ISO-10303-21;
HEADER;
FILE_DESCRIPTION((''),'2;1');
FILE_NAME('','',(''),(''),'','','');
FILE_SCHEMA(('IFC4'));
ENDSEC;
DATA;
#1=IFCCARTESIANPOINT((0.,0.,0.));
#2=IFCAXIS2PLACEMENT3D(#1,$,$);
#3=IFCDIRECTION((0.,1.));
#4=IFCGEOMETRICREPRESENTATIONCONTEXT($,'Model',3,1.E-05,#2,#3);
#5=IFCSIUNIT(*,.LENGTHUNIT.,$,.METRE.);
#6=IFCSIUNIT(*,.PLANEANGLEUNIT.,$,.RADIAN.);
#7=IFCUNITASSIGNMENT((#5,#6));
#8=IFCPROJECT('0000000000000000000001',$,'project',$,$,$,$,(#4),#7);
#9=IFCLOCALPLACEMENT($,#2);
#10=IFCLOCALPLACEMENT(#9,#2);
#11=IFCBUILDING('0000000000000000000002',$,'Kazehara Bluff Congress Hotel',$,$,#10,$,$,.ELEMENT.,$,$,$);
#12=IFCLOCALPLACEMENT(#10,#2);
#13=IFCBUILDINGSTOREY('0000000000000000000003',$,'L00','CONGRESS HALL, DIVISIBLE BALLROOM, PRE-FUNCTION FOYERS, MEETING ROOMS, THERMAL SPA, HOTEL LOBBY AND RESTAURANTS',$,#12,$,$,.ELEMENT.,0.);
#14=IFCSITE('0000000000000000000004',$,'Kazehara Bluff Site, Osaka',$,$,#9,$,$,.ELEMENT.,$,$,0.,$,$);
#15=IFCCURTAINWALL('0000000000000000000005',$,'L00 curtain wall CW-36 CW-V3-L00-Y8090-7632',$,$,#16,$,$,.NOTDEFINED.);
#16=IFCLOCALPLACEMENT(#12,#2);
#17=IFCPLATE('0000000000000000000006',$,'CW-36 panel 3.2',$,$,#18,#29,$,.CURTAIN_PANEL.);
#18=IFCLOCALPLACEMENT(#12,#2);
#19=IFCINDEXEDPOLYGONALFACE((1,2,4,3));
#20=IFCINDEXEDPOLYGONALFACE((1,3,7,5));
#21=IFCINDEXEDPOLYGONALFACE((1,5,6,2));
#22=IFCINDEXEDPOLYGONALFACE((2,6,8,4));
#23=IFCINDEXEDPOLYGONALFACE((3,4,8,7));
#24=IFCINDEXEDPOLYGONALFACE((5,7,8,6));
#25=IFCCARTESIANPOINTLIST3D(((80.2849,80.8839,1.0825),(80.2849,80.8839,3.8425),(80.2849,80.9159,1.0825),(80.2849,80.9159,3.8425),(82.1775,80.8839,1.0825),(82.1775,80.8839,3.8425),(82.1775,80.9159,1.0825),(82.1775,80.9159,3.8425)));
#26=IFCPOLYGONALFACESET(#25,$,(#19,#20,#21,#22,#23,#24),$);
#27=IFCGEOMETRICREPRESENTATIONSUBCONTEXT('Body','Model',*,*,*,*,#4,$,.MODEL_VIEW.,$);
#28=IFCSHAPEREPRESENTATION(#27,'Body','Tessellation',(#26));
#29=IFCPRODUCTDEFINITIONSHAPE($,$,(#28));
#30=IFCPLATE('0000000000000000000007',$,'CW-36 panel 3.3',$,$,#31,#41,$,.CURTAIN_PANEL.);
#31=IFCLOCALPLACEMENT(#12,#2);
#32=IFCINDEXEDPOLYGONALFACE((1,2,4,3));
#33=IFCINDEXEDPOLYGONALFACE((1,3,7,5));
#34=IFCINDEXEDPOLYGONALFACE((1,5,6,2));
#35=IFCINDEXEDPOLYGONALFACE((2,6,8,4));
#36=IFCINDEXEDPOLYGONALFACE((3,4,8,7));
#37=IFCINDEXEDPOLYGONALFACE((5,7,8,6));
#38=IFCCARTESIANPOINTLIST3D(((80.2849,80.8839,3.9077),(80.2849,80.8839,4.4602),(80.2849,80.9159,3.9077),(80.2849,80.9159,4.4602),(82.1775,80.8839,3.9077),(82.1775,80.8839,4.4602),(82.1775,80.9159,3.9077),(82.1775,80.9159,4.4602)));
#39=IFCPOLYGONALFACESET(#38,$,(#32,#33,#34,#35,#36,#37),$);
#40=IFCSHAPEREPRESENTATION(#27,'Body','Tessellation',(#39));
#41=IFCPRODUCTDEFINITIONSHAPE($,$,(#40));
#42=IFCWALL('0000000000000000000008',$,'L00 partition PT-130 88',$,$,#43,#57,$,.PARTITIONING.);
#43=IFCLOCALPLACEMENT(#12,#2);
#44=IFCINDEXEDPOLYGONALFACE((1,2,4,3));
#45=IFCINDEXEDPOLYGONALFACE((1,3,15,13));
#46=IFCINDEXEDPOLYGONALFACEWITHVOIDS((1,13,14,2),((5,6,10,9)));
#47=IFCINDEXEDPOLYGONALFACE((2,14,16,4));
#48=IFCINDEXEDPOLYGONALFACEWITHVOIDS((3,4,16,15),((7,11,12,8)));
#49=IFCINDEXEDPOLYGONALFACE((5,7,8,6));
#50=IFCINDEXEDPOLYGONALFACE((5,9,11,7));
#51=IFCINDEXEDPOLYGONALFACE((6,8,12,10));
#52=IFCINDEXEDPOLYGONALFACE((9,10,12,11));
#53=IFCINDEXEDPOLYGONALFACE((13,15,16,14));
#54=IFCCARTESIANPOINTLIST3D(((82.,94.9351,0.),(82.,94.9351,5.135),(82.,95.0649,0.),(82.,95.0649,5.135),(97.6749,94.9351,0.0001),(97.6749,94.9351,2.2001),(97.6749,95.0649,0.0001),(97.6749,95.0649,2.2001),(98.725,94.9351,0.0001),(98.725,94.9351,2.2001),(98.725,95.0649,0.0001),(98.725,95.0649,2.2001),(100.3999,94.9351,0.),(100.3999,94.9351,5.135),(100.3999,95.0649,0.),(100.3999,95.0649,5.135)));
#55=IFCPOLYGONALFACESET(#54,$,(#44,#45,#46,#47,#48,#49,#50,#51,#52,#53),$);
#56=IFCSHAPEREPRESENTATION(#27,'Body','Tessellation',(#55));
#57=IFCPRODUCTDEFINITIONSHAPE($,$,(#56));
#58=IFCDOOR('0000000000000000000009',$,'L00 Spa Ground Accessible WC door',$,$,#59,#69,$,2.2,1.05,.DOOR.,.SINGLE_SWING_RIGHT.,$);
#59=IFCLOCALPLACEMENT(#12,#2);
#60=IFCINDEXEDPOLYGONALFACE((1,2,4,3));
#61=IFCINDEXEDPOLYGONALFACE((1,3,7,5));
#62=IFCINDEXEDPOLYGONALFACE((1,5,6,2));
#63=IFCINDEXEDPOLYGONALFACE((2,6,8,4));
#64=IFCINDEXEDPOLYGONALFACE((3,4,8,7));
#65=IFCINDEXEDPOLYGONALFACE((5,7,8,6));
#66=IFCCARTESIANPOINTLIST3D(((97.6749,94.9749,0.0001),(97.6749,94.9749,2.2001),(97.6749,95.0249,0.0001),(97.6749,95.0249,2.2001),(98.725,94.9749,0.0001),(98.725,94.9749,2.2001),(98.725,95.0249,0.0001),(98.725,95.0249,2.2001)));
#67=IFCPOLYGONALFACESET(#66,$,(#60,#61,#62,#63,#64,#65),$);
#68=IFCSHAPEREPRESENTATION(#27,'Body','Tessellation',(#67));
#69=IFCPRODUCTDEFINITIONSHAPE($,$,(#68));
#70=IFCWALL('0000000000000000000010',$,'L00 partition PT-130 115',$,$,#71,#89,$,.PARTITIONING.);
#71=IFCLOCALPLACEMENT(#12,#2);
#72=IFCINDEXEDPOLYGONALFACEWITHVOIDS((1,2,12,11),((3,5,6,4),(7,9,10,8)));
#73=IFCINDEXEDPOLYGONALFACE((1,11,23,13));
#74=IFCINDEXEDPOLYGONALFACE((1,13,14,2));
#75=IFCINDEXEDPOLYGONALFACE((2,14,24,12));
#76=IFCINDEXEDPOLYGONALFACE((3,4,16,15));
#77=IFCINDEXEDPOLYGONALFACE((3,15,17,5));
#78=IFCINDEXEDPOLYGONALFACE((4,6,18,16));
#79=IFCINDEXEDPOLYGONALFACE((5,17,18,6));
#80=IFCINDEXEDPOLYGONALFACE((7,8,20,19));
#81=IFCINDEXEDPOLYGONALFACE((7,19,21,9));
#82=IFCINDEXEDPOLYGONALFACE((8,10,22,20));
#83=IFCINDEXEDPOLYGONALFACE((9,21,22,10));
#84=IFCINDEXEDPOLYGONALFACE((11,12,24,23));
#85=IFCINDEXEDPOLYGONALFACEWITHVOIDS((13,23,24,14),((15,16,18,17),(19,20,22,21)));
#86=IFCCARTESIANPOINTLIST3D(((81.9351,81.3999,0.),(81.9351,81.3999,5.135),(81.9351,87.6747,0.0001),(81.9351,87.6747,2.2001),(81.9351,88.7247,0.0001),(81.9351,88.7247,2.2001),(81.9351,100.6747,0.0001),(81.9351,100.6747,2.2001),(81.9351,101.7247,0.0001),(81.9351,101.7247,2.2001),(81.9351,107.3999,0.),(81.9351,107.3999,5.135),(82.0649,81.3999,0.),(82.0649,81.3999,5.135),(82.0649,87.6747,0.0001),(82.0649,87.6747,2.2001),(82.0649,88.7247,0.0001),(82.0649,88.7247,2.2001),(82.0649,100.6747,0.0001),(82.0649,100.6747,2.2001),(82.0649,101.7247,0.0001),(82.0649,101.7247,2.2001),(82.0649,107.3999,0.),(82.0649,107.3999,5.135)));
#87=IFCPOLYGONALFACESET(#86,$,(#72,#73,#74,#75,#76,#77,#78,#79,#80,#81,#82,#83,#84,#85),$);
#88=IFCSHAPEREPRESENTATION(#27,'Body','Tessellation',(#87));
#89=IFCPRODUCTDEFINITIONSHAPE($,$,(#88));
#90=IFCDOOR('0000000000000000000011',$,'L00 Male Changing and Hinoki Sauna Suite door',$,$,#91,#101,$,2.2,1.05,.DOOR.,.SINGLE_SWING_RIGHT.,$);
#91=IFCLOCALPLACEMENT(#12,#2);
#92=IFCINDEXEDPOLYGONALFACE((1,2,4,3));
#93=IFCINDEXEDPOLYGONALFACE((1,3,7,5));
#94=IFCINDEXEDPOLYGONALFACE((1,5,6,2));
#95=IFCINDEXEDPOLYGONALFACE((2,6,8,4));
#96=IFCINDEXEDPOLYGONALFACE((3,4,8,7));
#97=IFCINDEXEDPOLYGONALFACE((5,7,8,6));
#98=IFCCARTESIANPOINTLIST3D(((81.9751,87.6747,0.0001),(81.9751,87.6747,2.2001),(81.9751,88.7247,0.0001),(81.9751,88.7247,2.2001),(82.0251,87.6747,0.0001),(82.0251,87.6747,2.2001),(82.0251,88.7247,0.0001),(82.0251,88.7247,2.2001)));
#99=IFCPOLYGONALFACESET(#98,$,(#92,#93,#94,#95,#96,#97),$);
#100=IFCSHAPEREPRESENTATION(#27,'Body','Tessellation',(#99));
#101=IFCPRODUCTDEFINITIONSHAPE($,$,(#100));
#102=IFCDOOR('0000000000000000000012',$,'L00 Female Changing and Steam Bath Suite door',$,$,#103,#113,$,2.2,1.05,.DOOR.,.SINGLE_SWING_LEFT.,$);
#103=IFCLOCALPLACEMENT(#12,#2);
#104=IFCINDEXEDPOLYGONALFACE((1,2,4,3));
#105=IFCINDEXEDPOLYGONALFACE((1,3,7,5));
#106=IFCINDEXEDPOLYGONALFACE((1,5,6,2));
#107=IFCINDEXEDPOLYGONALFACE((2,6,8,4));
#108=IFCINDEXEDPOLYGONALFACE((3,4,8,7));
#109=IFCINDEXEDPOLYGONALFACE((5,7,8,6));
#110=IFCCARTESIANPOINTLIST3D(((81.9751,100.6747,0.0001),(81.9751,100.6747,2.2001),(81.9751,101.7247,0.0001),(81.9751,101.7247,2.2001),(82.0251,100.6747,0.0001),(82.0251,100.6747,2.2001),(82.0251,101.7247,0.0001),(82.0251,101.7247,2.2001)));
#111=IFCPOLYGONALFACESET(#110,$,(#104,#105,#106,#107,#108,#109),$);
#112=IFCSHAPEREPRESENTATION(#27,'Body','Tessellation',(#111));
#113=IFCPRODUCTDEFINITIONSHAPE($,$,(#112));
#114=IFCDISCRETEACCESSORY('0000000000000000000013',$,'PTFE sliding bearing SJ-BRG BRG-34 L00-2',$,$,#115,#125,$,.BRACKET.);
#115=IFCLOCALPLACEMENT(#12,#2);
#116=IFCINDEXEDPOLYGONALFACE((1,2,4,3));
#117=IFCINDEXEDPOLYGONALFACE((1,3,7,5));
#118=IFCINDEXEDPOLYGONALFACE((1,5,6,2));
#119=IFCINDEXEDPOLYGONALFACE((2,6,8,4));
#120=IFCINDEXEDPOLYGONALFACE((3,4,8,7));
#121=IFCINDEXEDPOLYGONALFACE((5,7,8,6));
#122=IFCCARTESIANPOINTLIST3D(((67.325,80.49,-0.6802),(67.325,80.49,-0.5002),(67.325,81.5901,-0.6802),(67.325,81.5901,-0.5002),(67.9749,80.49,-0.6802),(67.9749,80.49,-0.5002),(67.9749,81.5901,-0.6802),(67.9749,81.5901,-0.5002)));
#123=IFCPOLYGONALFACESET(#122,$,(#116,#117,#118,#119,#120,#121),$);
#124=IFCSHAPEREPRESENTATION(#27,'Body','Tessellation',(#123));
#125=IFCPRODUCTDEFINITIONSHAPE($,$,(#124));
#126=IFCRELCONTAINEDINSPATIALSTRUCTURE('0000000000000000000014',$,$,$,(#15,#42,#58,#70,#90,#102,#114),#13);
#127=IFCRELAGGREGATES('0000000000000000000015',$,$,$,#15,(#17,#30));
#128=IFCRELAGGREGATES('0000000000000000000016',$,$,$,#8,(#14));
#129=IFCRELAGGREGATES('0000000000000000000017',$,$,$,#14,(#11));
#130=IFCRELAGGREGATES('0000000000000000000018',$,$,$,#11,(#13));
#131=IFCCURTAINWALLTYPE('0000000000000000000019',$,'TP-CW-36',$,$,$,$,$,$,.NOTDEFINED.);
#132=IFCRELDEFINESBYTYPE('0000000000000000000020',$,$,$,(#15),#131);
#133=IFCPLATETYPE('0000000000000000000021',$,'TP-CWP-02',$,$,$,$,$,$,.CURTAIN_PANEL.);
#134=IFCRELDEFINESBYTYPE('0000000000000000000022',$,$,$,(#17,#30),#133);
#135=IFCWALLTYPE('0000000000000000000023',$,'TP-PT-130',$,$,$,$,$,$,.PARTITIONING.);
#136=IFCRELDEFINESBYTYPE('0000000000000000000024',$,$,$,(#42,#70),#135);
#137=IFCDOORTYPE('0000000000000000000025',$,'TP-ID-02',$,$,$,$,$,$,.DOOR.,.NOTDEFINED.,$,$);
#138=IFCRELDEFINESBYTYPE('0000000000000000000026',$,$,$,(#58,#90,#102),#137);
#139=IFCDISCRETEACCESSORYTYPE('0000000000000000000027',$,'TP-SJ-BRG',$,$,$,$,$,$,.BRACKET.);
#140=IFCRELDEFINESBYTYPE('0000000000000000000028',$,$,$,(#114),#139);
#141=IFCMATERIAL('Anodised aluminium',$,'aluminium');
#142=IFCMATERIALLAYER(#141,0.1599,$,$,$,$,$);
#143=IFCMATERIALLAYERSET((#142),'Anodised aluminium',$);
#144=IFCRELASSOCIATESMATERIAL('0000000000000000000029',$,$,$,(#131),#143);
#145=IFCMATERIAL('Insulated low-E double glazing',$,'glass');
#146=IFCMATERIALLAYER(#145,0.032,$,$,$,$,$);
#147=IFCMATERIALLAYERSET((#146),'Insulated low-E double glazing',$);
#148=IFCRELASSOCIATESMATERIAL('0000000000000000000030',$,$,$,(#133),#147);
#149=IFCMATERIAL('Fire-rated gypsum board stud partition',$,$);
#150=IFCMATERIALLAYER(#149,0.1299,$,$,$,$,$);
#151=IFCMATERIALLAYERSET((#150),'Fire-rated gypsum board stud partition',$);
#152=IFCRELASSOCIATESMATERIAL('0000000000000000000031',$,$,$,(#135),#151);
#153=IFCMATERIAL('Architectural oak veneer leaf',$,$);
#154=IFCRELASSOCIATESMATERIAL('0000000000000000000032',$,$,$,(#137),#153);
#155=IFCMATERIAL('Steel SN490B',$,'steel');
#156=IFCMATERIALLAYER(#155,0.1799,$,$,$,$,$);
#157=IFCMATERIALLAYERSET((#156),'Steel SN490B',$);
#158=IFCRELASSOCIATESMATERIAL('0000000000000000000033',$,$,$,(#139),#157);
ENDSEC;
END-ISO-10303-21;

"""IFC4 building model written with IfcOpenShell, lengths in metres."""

from ifc_helpers import new_model, si_unit, direction, frame, frame_2d, origin, origin_2d, place, context, subcontext, project, spatial, rectangle, extrude, material, layer, layer_set, type_object, element, fill, aggregate, save


model = new_model("IFC4")

# Units and contexts
model_context = context("Model", 3, precision=1e-05, world=origin(), true_north=direction((0.0, 1.0)))
body_context = subcontext(model_context, "Body", "Model", "MODEL_VIEW")
ifc_project = project(units=[si_unit("LENGTHUNIT", "METRE"), si_unit("PLANEANGLEUNIT", "RADIAN")], contexts=[model_context])

# Site, building, storey
site_placement = place(None, origin())
site = spatial("IfcSite", under=ifc_project, at=site_placement, Name="Kazehara Bluff Site, Osaka", CompositionType="ELEMENT", RefElevation=0.0)
building_placement = place(site_placement, origin())
building = spatial("IfcBuilding", under=site, at=building_placement, Name="Kazehara Bluff Congress Hotel", CompositionType="ELEMENT")
storey_placement = place(building_placement, origin())
storey = spatial("IfcBuildingStorey", under=building, at=storey_placement, Name="L00", Description="CONGRESS HALL, DIVISIBLE BALLROOM, PRE-FUNCTION FOYERS, MEETING ROOMS, THERMAL SPA, HOTEL LOBBY AND RESTAURANTS", CompositionType="ELEMENT", Elevation=0.0)

# Curtain wall
ifc_material_1 = material(Name="Anodised aluminium", Category="aluminium")
ifc_layer_1 = layer(ifc_material_1, 0.1599)
ifc_layer_set_1 = layer_set([ifc_layer_1], Name="Anodised aluminium")
curtain_wall_type = type_object("IfcCurtainWallType", Name="TP-CW-36", PredefinedType="NOTDEFINED", material=ifc_layer_set_1)
curtain_wall_placement = place(storey_placement, origin())
curtain_wall = element("IfcCurtainWall", 1, at=curtain_wall_placement, inside=storey, type_object=curtain_wall_type, Name="L00 curtain wall CW-36 CW-V3-L00-Y8090-7632", PredefinedType="NOTDEFINED")

# Plates
ifc_material_2 = material(Name="Insulated low-E double glazing", Category="glass")
ifc_layer_2 = layer(ifc_material_2, 0.032)
ifc_layer_set_2 = layer_set([ifc_layer_2], Name="Insulated low-E double glazing")
plate_type = type_object("IfcPlateType", Name="TP-CWP-02", PredefinedType="CURTAIN_PANEL", material=ifc_layer_set_2)
plate_1_placement = place(storey_placement, frame((81.2312, 80.8999, 1.0825), z_axis=(0.0, 0.0, 1.0), x_axis=(1.0, 0.0, 0.0)))
plate_1 = element("IfcPlate", 2, at=plate_1_placement, type_object=plate_type, Name="CW-36 panel 3.2", PredefinedType="CURTAIN_PANEL", context=body_context, shape_type="SweptSolid", body=[
    extrude(rectangle(XDim=1.8926, YDim=0.032, at=origin_2d()), origin(), (0.0, 0.0, 1.0), 2.76),
])
plate_2_placement = place(storey_placement, frame((81.2312, 80.8999, 3.9077), z_axis=(0.0, 0.0, 1.0), x_axis=(1.0, 0.0, 0.0)))
plate_2 = element("IfcPlate", 3, at=plate_2_placement, type_object=plate_type, Name="CW-36 panel 3.3", PredefinedType="CURTAIN_PANEL", context=body_context, shape_type="SweptSolid", body=[
    extrude(rectangle(XDim=1.8926, YDim=0.032, at=origin_2d()), origin(), (0.0, 0.0, 1.0), 0.5525),
])
aggregate(curtain_wall, [plate_1, plate_2])

# Wall, opening, door
ifc_material_3 = material(Name="Fire-rated gypsum board stud partition")
ifc_layer_3 = layer(ifc_material_3, 0.1299)
ifc_layer_set_3 = layer_set([ifc_layer_3], Name="Fire-rated gypsum board stud partition")
wall_type = type_object("IfcWallType", Name="TP-PT-130", PredefinedType="PARTITIONING", material=ifc_layer_set_3)
wall_1_placement = place(storey_placement, frame((82.0, 95.0, 0.0), z_axis=(0.0, 0.0, 1.0), x_axis=(1.0, 0.0, 0.0)))
wall_1 = element("IfcWall", 4, at=wall_1_placement, inside=storey, type_object=wall_type, Name="L00 partition PT-130 88", PredefinedType="PARTITIONING", context=body_context, shape_type="SweptSolid", body=[
    extrude(rectangle(XDim=18.3999, YDim=0.1299, at=frame_2d((9.2, 0.0))), origin(), (0.0, 0.0, 1.0), 5.135),
])
opening_1_placement = place(wall_1_placement, frame((15.675, 0.0, 0.0)))
opening_1 = element("IfcOpeningElement", 5, at=opening_1_placement, cuts=wall_1, PredefinedType="OPENING", context=body_context, shape_type="SweptSolid", body=[
    extrude(rectangle(XDim=1.05, YDim=2.2, at=frame_2d((0.5249, 1.1001))), frame((0.0, 0.075, 0.0), z_axis=(0.0, -1.0, 0.0), x_axis=(1.0, 0.0, 0.0)), (0.0, 0.0, 1.0), 0.1499),
])
ifc_material_4 = material(Name="Architectural oak veneer leaf")
door_type = type_object("IfcDoorType", Name="TP-ID-02", OperationType="NOTDEFINED", PredefinedType="DOOR", material=ifc_material_4)
door_1_placement = place(opening_1_placement, origin())
door_1 = element("IfcDoor", 6, at=door_1_placement, inside=storey, type_object=door_type, Name="L00 Spa Ground Accessible WC door", OperationType="SINGLE_SWING_RIGHT", OverallHeight=2.2, OverallWidth=1.05, PredefinedType="DOOR", context=body_context, shape_type="SweptSolid", body=[
    extrude(rectangle(XDim=1.05, YDim=2.2, at=frame_2d((0.5249, 1.1001))), frame((0.0, 0.0249, 0.0), z_axis=(0.0, -1.0, 0.0), x_axis=(1.0, 0.0, 0.0)), (0.0, 0.0, 1.0), 0.05),
])
fill(opening_1, door_1)

# Wall, openings, doors
wall_2_placement = place(storey_placement, frame((82.0, 81.3999, 0.0), z_axis=(0.0, 0.0, 1.0), x_axis=(0.0, 1.0, 0.0)))
wall_2 = element("IfcWall", 7, at=wall_2_placement, inside=storey, type_object=wall_type, Name="L00 partition PT-130 115", PredefinedType="PARTITIONING", context=body_context, shape_type="SweptSolid", body=[
    extrude(rectangle(XDim=26.0, YDim=0.1299, at=frame_2d((13.0, 0.0))), origin(), (0.0, 0.0, 1.0), 5.135),
])
opening_2_placement = place(wall_2_placement, frame((6.2749, 0.0, 0.0)))
opening_2 = element("IfcOpeningElement", 8, at=opening_2_placement, cuts=wall_2, PredefinedType="OPENING", context=body_context, shape_type="SweptSolid", body=[
    extrude(rectangle(XDim=1.05, YDim=2.2, at=frame_2d((0.5249, 1.1001))), frame((0.0, 0.075, 0.0), z_axis=(0.0, -1.0, 0.0), x_axis=(1.0, 0.0, 0.0)), (0.0, 0.0, 1.0), 0.1499),
])
opening_3_placement = place(wall_2_placement, frame((19.2749, 0.0, 0.0)))
opening_3 = element("IfcOpeningElement", 9, at=opening_3_placement, cuts=wall_2, PredefinedType="OPENING", context=body_context, shape_type="SweptSolid", body=[
    extrude(rectangle(XDim=1.05, YDim=2.2, at=frame_2d((0.5249, 1.1001))), frame((0.0, 0.075, 0.0), z_axis=(0.0, -1.0, 0.0), x_axis=(1.0, 0.0, 0.0)), (0.0, 0.0, 1.0), 0.1499),
])
door_2_placement = place(opening_2_placement, origin())
door_2 = element("IfcDoor", 10, at=door_2_placement, inside=storey, type_object=door_type, Name="L00 Male Changing and Hinoki Sauna Suite door", OperationType="SINGLE_SWING_RIGHT", OverallHeight=2.2, OverallWidth=1.05, PredefinedType="DOOR", context=body_context, shape_type="SweptSolid", body=[
    extrude(rectangle(XDim=1.05, YDim=2.2, at=frame_2d((0.5249, 1.1001))), frame((0.0, 0.0249, 0.0), z_axis=(0.0, -1.0, 0.0), x_axis=(1.0, 0.0, 0.0)), (0.0, 0.0, 1.0), 0.05),
])
fill(opening_2, door_2)
door_3_placement = place(opening_3_placement, origin())
door_3 = element("IfcDoor", 11, at=door_3_placement, inside=storey, type_object=door_type, Name="L00 Female Changing and Steam Bath Suite door", OperationType="SINGLE_SWING_LEFT", OverallHeight=2.2, OverallWidth=1.05, PredefinedType="DOOR", context=body_context, shape_type="SweptSolid", body=[
    extrude(rectangle(XDim=1.05, YDim=2.2, at=frame_2d((0.5249, 1.1001))), frame((0.0, 0.0249, 0.0), z_axis=(0.0, -1.0, 0.0), x_axis=(1.0, 0.0, 0.0)), (0.0, 0.0, 1.0), 0.05),
])
fill(opening_3, door_3)

# Discrete accessory
ifc_material_5 = material(Name="Steel SN490B", Category="steel")
ifc_layer_4 = layer(ifc_material_5, 0.1799)
ifc_layer_set_4 = layer_set([ifc_layer_4], Name="Steel SN490B")
discrete_accessory_type = type_object("IfcDiscreteAccessoryType", Name="TP-SJ-BRG", PredefinedType="BRACKET", material=ifc_layer_set_4)
discrete_accessory_placement = place(storey_placement, frame((67.6499, 81.04, -0.6802), z_axis=(0.0, 0.0, 1.0), x_axis=(1.0, 0.0, 0.0)))
element("IfcDiscreteAccessory", 12, at=discrete_accessory_placement, inside=storey, type_object=discrete_accessory_type, Name="PTFE sliding bearing SJ-BRG BRG-34 L00-2", PredefinedType="BRACKET", context=body_context, shape_type="SweptSolid", body=[
    extrude(rectangle(XDim=0.6499, YDim=1.1001, at=origin_2d()), origin(), (0.0, 0.0, 1.0), 0.1799),
])

save(model, "model.ifc")
